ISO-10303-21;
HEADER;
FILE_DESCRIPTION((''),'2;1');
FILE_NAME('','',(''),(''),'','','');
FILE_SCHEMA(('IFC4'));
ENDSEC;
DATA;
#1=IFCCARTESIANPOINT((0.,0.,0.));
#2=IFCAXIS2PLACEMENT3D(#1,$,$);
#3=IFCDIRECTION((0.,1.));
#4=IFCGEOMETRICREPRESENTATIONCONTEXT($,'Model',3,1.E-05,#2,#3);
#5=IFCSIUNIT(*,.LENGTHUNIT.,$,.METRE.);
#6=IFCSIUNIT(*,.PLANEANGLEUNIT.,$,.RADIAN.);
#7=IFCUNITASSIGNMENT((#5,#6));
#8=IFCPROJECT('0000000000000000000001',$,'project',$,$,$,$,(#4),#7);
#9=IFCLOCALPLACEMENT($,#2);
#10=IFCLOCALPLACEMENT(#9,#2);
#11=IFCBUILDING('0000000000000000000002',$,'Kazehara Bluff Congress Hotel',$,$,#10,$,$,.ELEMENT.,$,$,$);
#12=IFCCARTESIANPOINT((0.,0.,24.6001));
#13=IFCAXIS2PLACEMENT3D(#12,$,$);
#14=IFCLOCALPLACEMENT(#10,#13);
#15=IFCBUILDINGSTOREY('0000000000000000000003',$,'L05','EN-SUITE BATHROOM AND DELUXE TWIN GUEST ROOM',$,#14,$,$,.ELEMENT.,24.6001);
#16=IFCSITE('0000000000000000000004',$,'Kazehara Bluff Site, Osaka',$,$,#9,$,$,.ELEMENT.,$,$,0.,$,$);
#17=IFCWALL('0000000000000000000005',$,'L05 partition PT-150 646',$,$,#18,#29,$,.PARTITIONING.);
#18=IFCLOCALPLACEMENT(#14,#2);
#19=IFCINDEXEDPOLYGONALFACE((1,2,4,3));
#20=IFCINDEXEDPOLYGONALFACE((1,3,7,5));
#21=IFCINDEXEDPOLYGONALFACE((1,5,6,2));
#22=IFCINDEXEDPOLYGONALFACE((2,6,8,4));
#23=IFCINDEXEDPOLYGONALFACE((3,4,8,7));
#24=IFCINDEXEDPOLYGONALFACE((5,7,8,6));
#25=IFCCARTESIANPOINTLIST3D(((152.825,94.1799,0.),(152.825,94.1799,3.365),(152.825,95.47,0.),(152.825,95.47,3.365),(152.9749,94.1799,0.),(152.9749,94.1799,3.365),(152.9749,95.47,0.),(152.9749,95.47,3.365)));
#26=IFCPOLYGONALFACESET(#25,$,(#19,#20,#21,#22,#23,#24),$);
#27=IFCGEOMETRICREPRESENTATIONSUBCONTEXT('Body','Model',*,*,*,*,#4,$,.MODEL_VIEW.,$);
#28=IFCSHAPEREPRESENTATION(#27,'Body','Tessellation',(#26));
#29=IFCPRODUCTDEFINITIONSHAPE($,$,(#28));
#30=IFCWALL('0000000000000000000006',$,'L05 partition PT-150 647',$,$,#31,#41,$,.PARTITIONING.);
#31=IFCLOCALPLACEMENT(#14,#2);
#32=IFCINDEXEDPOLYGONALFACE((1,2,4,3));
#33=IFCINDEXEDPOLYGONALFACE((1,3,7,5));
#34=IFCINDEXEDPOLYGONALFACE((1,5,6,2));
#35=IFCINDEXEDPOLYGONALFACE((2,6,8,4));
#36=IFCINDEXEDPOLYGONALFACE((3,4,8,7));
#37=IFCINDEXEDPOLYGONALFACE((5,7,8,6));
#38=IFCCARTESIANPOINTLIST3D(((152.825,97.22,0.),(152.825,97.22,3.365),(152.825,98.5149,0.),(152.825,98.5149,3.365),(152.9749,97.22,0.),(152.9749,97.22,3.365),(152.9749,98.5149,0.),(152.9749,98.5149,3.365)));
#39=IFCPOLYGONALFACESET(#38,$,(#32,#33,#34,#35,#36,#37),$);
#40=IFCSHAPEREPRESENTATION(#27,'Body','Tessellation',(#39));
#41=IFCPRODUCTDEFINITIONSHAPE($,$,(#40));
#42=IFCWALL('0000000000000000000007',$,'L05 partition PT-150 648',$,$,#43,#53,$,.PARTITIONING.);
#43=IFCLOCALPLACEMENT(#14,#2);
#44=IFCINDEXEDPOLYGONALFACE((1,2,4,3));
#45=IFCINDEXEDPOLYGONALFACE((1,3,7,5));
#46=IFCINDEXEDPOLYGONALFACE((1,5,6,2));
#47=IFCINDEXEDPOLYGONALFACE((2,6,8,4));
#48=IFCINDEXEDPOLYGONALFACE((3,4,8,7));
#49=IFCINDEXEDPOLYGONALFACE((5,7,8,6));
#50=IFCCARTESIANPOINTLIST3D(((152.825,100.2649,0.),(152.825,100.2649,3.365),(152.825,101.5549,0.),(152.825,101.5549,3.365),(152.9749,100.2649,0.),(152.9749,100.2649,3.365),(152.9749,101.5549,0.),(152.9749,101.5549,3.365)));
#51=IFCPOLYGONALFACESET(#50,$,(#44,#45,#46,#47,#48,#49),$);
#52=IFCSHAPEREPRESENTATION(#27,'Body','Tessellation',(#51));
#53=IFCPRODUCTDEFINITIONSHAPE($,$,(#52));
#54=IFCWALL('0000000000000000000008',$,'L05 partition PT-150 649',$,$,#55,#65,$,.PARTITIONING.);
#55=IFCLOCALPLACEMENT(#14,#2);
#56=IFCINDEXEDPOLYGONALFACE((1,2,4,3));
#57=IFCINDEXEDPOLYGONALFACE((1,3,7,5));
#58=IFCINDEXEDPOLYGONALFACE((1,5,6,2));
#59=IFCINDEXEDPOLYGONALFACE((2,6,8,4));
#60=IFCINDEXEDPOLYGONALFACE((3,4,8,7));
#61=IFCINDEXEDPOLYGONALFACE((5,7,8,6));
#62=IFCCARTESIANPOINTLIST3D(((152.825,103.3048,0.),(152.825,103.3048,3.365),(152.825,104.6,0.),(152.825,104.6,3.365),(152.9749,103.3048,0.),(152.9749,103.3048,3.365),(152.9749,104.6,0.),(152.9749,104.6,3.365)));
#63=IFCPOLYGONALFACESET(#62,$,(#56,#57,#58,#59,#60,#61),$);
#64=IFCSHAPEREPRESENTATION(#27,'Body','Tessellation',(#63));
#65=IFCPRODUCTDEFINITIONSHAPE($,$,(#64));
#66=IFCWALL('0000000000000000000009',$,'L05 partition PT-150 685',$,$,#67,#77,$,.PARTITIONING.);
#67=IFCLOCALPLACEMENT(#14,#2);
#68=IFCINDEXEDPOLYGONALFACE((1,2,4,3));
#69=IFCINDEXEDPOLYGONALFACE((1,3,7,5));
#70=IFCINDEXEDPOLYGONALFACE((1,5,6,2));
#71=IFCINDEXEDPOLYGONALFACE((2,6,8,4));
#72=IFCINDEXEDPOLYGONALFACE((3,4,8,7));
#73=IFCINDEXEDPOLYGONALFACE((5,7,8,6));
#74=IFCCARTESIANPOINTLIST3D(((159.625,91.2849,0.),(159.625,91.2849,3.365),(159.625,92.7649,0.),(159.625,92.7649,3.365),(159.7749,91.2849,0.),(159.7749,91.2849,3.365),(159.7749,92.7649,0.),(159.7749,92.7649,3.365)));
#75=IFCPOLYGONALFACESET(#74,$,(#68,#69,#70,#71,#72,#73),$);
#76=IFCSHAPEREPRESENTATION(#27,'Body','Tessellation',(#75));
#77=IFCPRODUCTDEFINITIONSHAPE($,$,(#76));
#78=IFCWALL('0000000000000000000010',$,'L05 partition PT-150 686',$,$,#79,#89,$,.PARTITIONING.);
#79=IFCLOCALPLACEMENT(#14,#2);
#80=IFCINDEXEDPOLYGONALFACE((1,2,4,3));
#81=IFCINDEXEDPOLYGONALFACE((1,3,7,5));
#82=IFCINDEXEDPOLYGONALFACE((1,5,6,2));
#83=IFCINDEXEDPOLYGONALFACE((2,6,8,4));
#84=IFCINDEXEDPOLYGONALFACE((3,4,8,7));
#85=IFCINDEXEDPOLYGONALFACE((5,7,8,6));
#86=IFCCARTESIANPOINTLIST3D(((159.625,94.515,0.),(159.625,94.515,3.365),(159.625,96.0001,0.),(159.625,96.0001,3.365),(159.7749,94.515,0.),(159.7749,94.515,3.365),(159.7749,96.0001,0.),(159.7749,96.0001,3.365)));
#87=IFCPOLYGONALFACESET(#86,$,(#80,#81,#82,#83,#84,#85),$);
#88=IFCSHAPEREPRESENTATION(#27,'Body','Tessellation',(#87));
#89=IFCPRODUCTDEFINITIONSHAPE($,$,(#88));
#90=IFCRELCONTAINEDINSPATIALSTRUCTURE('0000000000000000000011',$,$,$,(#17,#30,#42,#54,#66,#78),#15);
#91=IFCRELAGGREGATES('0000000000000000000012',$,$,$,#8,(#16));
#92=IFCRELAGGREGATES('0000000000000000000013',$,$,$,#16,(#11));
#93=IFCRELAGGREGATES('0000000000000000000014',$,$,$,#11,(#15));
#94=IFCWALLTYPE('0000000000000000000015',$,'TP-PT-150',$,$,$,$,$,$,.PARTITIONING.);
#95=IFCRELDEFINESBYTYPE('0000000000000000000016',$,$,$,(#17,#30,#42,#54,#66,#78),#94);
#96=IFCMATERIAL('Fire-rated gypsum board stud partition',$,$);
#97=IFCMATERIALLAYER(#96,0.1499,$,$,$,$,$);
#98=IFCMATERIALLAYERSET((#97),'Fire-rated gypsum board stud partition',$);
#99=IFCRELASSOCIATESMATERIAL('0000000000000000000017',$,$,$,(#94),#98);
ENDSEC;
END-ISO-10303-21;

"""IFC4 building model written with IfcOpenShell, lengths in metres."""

from ifc_helpers import new_model, si_unit, direction, frame, frame_2d, origin, place, context, subcontext, project, spatial, rectangle, extrude, material, layer, layer_set, type_object, element, save


model = new_model("IFC4")

# Units and contexts
model_context = context("Model", 3, precision=1e-05, world=origin(), true_north=direction((0.0, 1.0)))
body_context = subcontext(model_context, "Body", "Model", "MODEL_VIEW")
ifc_project = project(units=[si_unit("LENGTHUNIT", "METRE"), si_unit("PLANEANGLEUNIT", "RADIAN")], contexts=[model_context])

# Site, building, storey
site_placement = place(None, origin())
site = spatial("IfcSite", under=ifc_project, at=site_placement, Name="Kazehara Bluff Site, Osaka", CompositionType="ELEMENT", RefElevation=0.0)
building_placement = place(site_placement, origin())
building = spatial("IfcBuilding", under=site, at=building_placement, Name="Kazehara Bluff Congress Hotel", CompositionType="ELEMENT")
storey_placement = place(building_placement, frame((0.0, 0.0, 24.6001)))
storey = spatial("IfcBuildingStorey", under=building, at=storey_placement, Name="L05", Description="EN-SUITE BATHROOM AND DELUXE TWIN GUEST ROOM", CompositionType="ELEMENT", Elevation=24.6001)

# Shared definitions
ifc_material_1 = material(Name="Fire-rated gypsum board stud partition")
ifc_layer_1 = layer(ifc_material_1, 0.1499)
ifc_layer_set_1 = layer_set([ifc_layer_1], Name="Fire-rated gypsum board stud partition")
wall_type_1 = type_object("IfcWallType", Name="TP-PT-150", PredefinedType="PARTITIONING", material=ifc_layer_set_1)

# Walls
wall_1_placement = place(storey_placement, frame((152.8999, 94.1799, 0.0), z_axis=(0.0, 0.0, 1.0), x_axis=(0.0, 1.0, 0.0)))
element("IfcWall", 1, at=wall_1_placement, inside=storey, type_object=wall_type_1, Name="L05 partition PT-150 646", PredefinedType="PARTITIONING", context=body_context, shape_type="SweptSolid", body=[
    extrude(rectangle(XDim=1.29, YDim=0.1499, at=frame_2d((0.645, 0.0))), origin(), (0.0, 0.0, 1.0), 3.365),
])
wall_2_placement = place(storey_placement, frame((152.8999, 97.22, 0.0), z_axis=(0.0, 0.0, 1.0), x_axis=(0.0, 1.0, 0.0)))
element("IfcWall", 2, at=wall_2_placement, inside=storey, type_object=wall_type_1, Name="L05 partition PT-150 647", PredefinedType="PARTITIONING", context=body_context, shape_type="SweptSolid", body=[
    extrude(rectangle(XDim=1.2949, YDim=0.1499, at=frame_2d((0.6475, 0.0))), origin(), (0.0, 0.0, 1.0), 3.365),
])
wall_3_placement = place(storey_placement, frame((152.8999, 100.2649, 0.0), z_axis=(0.0, 0.0, 1.0), x_axis=(0.0, 1.0, 0.0)))
element("IfcWall", 3, at=wall_3_placement, inside=storey, type_object=wall_type_1, Name="L05 partition PT-150 648", PredefinedType="PARTITIONING", context=body_context, shape_type="SweptSolid", body=[
    extrude(rectangle(XDim=1.29, YDim=0.1499, at=frame_2d((0.645, 0.0))), origin(), (0.0, 0.0, 1.0), 3.365),
])
wall_4_placement = place(storey_placement, frame((152.8999, 103.3049, 0.0), z_axis=(0.0, 0.0, 1.0), x_axis=(0.0, 1.0, 0.0)))
element("IfcWall", 4, at=wall_4_placement, inside=storey, type_object=wall_type_1, Name="L05 partition PT-150 649", PredefinedType="PARTITIONING", context=body_context, shape_type="SweptSolid", body=[
    extrude(rectangle(XDim=1.2952, YDim=0.1499, at=frame_2d((0.6475, 0.0))), origin(), (0.0, 0.0, 1.0), 3.365),
])
wall_5_placement = place(storey_placement, frame((159.7, 91.2849, 0.0), z_axis=(0.0, 0.0, 1.0), x_axis=(0.0, 1.0, 0.0)))
element("IfcWall", 5, at=wall_5_placement, inside=storey, type_object=wall_type_1, Name="L05 partition PT-150 685", PredefinedType="PARTITIONING", context=body_context, shape_type="SweptSolid", body=[
    extrude(rectangle(XDim=1.48, YDim=0.1499, at=frame_2d((0.74, 0.0))), origin(), (0.0, 0.0, 1.0), 3.365),
])
wall_6_placement = place(storey_placement, frame((159.7, 94.5149, 0.0), z_axis=(0.0, 0.0, 1.0), x_axis=(0.0, 1.0, 0.0)))
element("IfcWall", 6, at=wall_6_placement, inside=storey, type_object=wall_type_1, Name="L05 partition PT-150 686", PredefinedType="PARTITIONING", context=body_context, shape_type="SweptSolid", body=[
    extrude(rectangle(XDim=1.4851, YDim=0.1499, at=frame_2d((0.7427, 0.0))), origin(), (0.0, 0.0, 1.0), 3.365),
])

save(model, "model.ifc")
